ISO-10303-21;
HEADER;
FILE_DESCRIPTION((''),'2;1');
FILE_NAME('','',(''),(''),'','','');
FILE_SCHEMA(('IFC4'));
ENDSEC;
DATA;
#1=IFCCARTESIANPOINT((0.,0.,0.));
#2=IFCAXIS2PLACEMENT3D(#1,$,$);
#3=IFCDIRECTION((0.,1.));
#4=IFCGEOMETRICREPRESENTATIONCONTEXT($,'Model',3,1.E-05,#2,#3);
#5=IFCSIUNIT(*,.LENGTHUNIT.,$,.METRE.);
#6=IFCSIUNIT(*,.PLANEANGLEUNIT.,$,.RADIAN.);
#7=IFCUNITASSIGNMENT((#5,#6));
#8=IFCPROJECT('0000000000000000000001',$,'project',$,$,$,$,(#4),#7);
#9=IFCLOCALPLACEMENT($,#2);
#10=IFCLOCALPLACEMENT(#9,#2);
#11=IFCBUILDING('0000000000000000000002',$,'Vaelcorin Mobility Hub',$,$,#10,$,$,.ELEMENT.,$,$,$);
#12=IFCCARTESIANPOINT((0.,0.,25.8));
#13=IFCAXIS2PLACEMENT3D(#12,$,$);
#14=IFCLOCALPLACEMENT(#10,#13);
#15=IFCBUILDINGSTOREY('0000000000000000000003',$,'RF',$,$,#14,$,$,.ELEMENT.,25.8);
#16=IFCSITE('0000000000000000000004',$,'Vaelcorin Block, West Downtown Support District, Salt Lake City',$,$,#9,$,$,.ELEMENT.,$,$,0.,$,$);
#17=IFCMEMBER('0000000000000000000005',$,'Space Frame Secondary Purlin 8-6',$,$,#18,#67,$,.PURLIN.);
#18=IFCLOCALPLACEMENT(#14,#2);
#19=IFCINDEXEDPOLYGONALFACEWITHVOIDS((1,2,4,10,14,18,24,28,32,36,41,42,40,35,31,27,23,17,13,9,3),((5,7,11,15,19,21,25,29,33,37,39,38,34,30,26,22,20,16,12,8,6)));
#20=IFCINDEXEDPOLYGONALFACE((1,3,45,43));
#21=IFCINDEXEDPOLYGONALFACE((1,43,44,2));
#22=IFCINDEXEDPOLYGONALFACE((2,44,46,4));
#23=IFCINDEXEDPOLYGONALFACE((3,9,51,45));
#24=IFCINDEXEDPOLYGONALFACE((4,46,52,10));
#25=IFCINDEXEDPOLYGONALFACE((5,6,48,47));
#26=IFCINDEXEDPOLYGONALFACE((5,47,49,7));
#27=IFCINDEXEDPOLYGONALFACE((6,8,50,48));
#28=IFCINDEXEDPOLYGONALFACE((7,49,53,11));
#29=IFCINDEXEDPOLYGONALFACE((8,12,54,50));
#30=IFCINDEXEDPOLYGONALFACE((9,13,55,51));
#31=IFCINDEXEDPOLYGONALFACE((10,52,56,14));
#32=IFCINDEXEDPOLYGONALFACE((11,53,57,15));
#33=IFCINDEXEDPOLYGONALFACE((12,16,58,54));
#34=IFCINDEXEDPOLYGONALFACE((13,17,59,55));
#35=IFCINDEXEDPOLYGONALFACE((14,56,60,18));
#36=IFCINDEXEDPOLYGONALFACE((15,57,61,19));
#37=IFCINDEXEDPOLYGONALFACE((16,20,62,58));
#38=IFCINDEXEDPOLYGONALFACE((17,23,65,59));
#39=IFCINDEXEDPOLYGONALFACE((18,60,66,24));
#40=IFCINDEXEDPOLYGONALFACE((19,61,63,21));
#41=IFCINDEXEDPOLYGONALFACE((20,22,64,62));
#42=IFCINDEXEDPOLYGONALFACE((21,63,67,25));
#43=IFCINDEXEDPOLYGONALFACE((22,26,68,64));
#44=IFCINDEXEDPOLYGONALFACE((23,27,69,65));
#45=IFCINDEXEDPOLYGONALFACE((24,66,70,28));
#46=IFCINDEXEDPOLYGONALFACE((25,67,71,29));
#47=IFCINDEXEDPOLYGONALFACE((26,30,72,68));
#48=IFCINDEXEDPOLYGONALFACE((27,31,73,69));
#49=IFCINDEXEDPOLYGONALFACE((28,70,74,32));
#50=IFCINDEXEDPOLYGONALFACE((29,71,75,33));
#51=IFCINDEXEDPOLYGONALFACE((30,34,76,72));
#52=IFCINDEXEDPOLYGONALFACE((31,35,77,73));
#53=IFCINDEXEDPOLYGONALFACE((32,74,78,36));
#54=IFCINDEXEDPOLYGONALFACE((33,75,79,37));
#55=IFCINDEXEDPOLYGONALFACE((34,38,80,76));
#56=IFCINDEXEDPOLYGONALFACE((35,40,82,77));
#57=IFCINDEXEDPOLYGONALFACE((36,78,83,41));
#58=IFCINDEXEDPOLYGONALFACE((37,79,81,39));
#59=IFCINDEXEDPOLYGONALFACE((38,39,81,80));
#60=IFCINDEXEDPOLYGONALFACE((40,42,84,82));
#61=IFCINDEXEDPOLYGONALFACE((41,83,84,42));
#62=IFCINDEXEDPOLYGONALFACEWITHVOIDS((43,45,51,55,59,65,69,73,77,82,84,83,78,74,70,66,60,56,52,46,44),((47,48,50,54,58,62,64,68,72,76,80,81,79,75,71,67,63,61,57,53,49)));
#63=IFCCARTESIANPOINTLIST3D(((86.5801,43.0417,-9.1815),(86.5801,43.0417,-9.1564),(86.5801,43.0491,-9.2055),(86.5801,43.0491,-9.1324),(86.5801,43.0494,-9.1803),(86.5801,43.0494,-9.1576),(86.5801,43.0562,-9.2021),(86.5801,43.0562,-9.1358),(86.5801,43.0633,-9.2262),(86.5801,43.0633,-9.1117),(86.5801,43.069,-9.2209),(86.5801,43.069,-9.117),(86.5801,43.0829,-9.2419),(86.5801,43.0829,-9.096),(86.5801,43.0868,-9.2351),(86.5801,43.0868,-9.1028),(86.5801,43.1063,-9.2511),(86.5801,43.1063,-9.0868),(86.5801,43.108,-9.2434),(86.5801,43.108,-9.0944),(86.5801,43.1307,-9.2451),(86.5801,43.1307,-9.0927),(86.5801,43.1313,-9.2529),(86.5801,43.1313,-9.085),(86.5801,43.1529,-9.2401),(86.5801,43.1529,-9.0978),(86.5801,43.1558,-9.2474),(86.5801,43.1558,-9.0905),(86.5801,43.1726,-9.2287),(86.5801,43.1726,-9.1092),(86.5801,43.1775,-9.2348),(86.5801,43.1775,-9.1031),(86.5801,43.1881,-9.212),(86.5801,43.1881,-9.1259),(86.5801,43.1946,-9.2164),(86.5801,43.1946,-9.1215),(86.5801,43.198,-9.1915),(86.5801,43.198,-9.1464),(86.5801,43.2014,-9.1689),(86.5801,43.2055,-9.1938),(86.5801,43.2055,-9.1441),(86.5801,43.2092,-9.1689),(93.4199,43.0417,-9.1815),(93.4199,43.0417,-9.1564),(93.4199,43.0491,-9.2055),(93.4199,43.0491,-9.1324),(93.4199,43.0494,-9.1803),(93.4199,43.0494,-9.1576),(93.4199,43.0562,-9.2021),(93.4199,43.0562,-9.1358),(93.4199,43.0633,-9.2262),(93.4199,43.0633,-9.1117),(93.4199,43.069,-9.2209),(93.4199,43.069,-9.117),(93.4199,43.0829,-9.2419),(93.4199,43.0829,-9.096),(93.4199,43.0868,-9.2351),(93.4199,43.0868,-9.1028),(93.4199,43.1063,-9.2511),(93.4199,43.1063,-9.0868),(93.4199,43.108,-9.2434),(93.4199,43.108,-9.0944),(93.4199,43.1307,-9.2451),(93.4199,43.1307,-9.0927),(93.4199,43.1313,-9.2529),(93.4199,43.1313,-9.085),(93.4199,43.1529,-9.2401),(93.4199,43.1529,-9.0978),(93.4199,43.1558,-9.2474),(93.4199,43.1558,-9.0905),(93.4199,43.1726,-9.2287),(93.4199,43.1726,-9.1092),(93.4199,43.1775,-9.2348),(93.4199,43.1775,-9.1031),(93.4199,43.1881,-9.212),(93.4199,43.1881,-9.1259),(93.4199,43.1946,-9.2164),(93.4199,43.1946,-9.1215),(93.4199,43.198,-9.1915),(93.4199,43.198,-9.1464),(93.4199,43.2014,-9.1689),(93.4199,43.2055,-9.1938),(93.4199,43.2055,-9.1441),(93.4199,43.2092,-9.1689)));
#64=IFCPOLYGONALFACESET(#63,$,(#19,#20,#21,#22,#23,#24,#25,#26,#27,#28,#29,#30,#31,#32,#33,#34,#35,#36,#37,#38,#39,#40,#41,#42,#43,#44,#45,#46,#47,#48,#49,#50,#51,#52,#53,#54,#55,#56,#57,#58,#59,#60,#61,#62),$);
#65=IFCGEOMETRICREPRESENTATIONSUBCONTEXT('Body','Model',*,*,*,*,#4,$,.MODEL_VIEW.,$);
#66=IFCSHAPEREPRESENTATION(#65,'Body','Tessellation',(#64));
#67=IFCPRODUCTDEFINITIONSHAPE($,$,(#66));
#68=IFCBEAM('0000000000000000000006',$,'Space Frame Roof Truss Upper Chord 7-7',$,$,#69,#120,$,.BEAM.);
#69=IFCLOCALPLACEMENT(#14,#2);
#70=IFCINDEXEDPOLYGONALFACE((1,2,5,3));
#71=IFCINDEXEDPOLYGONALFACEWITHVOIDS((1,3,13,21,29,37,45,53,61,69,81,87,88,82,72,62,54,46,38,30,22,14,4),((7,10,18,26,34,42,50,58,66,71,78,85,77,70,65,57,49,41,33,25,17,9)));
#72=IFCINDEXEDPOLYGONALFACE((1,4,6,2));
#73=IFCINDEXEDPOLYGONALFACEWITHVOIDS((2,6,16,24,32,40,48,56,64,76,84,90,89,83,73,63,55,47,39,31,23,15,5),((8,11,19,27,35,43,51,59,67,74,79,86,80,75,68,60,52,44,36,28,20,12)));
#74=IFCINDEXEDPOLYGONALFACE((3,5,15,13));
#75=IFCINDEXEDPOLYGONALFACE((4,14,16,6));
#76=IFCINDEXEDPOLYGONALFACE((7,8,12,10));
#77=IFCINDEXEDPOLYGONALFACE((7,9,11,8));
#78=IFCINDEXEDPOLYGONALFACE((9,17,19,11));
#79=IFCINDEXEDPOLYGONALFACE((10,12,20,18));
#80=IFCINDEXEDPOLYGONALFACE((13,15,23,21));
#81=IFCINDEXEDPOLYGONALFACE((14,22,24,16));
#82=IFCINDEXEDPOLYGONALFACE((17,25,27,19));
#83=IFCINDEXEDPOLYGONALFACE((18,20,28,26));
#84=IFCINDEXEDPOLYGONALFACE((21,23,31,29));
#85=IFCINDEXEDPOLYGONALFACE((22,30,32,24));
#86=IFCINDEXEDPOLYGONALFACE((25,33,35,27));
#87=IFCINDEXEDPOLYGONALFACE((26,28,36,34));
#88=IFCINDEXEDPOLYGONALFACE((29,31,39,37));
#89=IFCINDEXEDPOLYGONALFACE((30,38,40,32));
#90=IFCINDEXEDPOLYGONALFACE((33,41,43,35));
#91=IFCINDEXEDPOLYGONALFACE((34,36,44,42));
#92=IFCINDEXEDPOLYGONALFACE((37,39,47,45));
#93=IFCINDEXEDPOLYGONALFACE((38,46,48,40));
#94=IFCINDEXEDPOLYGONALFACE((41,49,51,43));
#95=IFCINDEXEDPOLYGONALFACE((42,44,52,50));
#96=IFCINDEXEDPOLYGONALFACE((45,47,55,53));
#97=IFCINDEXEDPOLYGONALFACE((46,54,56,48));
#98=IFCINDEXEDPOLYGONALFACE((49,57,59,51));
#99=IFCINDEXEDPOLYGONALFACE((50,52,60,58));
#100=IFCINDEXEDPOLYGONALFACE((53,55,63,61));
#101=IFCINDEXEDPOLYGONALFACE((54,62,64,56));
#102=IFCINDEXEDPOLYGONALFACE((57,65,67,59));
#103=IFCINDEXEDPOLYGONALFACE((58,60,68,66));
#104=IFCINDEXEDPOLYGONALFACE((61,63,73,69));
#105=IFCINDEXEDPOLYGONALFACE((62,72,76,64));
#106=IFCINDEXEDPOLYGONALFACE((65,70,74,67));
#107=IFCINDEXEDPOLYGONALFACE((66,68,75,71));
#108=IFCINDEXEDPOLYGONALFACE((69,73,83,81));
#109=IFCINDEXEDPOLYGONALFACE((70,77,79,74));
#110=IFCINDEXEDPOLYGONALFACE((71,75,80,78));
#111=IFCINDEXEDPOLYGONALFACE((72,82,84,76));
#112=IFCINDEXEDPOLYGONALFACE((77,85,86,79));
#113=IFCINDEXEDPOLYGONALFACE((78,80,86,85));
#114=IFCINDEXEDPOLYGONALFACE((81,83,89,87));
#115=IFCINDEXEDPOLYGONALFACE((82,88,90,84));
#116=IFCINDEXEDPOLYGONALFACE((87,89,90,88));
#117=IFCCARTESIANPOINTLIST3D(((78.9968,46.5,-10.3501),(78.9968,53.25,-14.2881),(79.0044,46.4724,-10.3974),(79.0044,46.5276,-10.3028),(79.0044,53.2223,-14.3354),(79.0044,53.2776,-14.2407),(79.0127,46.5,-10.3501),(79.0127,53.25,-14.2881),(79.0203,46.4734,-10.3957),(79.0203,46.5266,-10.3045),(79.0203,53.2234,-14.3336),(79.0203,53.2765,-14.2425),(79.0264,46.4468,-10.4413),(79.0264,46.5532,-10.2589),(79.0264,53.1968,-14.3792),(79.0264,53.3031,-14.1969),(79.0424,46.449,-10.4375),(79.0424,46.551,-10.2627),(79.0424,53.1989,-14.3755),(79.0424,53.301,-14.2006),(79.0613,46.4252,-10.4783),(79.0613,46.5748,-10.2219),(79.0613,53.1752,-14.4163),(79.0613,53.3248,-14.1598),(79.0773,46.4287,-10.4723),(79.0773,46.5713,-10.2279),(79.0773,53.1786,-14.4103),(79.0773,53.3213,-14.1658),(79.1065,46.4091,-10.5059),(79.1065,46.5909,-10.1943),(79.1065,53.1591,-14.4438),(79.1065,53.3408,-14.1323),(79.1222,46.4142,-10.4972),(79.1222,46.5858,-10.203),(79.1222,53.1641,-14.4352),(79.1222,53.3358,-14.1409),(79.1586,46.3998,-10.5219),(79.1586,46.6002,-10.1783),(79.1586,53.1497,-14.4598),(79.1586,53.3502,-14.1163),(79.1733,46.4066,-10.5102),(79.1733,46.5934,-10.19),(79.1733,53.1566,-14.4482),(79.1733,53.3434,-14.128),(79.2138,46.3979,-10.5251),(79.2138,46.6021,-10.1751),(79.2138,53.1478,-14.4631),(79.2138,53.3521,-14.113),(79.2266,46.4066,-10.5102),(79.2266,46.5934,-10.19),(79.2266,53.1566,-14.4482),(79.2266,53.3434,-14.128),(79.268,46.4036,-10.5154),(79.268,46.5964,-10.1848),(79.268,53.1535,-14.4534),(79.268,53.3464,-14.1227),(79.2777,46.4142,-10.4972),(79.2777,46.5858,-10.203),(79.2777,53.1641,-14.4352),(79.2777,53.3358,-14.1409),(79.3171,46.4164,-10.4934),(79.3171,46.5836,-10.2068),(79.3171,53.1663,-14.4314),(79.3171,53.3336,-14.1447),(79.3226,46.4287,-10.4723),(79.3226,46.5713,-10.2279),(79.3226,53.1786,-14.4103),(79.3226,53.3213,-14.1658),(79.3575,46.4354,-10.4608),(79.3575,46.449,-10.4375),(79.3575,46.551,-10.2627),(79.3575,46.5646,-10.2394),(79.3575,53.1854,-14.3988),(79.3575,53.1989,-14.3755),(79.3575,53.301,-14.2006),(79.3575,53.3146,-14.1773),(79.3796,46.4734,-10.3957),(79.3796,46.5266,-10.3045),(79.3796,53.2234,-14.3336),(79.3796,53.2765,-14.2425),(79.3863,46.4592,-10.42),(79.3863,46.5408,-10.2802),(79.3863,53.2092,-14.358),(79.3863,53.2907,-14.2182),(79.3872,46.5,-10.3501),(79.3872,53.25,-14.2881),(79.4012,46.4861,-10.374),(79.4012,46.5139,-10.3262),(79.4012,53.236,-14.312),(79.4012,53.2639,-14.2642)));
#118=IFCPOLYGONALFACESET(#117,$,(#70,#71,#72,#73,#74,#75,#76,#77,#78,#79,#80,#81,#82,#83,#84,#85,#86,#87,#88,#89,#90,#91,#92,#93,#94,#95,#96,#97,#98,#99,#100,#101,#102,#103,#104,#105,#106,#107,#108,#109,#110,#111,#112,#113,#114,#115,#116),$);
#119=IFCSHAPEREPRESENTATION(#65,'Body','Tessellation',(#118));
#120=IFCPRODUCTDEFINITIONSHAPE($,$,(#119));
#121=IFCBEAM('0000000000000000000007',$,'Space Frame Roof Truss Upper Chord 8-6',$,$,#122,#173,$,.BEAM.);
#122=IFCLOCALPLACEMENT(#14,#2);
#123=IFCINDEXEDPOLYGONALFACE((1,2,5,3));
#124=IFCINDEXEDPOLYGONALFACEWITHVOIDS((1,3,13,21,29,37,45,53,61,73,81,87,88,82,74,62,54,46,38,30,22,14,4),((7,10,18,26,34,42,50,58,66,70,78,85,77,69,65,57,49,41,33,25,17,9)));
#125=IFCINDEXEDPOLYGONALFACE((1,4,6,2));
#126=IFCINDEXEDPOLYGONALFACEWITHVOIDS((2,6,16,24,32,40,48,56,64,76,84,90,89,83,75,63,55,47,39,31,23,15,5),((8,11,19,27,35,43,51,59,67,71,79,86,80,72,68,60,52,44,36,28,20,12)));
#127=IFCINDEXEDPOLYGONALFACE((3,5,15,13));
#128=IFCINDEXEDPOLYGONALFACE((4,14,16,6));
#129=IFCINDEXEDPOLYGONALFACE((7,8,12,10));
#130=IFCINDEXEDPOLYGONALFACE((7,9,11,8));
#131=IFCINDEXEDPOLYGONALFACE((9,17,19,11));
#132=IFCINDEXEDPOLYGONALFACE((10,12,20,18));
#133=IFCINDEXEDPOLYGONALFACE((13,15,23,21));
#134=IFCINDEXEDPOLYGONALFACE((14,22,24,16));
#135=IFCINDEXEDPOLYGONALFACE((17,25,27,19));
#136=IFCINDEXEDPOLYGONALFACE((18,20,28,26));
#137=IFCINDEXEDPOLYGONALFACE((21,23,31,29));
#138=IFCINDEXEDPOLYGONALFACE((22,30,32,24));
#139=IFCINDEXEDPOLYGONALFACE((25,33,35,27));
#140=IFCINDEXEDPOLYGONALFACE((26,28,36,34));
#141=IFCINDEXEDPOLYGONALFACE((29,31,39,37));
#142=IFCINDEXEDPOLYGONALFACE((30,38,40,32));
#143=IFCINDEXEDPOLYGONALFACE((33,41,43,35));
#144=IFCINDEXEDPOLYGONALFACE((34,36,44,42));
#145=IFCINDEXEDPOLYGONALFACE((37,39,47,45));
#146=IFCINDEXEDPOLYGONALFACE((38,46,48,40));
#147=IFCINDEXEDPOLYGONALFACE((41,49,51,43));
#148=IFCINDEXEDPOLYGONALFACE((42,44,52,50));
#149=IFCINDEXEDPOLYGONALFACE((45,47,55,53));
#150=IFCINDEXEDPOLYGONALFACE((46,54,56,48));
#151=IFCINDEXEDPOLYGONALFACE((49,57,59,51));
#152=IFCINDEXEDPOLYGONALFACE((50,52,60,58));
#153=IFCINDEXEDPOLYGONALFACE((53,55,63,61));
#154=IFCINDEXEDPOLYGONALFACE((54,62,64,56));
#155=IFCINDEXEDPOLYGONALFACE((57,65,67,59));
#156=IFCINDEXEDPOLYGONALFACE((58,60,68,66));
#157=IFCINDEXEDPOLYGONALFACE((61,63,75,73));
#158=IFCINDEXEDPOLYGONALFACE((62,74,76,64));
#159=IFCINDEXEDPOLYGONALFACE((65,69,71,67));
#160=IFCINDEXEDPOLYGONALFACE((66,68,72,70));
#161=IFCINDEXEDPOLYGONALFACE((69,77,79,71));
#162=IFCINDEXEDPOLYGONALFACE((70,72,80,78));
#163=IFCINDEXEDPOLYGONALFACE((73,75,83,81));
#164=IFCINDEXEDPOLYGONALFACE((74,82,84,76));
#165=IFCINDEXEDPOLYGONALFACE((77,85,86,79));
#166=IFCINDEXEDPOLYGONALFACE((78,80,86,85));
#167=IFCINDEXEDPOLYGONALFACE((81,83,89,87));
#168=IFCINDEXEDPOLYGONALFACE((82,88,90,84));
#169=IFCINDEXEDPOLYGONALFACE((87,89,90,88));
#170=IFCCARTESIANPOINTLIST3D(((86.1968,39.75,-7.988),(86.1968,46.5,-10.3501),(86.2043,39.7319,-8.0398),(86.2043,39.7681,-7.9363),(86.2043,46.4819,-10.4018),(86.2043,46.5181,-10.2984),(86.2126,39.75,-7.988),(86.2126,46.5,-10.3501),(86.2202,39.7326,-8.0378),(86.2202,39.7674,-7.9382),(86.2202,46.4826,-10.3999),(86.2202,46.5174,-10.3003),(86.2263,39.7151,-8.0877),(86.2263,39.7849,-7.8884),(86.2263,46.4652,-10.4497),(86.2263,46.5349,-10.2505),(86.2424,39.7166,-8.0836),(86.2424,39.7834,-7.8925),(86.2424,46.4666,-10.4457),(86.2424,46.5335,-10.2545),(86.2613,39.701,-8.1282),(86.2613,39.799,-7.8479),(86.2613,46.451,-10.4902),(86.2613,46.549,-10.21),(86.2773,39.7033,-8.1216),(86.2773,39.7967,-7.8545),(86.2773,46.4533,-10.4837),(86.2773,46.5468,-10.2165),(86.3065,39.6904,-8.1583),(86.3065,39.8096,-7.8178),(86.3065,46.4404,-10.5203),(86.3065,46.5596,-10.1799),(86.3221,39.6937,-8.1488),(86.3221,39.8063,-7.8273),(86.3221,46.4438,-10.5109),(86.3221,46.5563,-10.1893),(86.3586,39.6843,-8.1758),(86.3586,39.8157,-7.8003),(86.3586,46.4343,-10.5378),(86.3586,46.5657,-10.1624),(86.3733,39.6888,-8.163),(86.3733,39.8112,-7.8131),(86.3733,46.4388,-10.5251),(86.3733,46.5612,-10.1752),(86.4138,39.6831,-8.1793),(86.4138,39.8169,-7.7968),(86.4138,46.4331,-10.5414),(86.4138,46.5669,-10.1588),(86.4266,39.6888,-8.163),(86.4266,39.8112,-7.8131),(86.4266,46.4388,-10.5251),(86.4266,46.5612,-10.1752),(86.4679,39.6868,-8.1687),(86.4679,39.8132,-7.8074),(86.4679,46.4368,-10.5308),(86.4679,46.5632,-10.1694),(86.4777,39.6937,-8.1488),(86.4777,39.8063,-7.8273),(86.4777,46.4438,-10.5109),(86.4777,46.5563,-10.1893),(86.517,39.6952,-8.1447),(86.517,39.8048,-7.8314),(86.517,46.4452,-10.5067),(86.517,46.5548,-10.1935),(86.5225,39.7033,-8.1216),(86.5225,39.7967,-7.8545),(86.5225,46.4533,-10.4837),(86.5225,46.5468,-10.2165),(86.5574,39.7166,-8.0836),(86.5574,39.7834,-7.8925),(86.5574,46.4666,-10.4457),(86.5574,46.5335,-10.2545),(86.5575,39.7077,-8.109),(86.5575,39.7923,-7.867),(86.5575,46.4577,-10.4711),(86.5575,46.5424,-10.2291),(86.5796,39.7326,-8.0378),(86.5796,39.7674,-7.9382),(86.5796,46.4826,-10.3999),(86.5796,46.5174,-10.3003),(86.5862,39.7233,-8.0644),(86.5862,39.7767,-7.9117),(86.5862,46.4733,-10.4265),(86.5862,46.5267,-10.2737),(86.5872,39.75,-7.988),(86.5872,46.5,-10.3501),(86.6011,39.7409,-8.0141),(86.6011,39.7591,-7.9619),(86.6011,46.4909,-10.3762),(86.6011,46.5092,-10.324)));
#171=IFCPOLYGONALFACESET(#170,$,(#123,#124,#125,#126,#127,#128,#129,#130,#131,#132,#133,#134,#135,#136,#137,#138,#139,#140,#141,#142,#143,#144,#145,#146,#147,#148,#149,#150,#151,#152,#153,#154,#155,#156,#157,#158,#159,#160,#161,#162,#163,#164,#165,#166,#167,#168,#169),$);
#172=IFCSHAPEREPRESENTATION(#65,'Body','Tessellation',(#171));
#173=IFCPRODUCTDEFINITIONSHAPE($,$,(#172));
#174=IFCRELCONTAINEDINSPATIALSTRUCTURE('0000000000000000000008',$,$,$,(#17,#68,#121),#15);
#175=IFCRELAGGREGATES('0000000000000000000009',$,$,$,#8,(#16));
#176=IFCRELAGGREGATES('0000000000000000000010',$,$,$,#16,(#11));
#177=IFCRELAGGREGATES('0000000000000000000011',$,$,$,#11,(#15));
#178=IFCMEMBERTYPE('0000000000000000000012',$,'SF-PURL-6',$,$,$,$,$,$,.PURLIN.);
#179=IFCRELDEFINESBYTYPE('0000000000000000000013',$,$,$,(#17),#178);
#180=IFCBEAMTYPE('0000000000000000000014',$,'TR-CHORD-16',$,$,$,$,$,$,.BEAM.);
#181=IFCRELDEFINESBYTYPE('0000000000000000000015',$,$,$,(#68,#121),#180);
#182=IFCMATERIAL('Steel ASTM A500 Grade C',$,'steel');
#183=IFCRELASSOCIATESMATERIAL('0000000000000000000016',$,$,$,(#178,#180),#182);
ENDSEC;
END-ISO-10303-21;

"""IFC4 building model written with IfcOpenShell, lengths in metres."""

from ifc_helpers import new_model, si_unit, direction, frame, origin, origin_2d, place, context, subcontext, project, spatial, hollow_circle, extrude, material, material_profile, profile_set, type_object, element, save


model = new_model("IFC4")

# Units and contexts
model_context = context("Model", 3, precision=1e-05, world=origin(), true_north=direction((0.0, 1.0)))
body_context = subcontext(model_context, "Body", "Model", "MODEL_VIEW")
ifc_project = project(units=[si_unit("LENGTHUNIT", "METRE"), si_unit("PLANEANGLEUNIT", "RADIAN")], contexts=[model_context])

# Site, building, storey
site_placement = place(None, origin())
site = spatial("IfcSite", under=ifc_project, at=site_placement, Name="Vaelcorin Block, West Downtown Support District, Salt Lake City", CompositionType="ELEMENT", RefElevation=0.0)
building_placement = place(site_placement, origin())
building = spatial("IfcBuilding", under=site, at=building_placement, Name="Vaelcorin Mobility Hub", CompositionType="ELEMENT")
storey_placement = place(building_placement, frame((0.0, 0.0, 25.8)))
storey = spatial("IfcBuildingStorey", under=building, at=storey_placement, Name="RF", CompositionType="ELEMENT", Elevation=25.8)

# Member
ifc_material_1 = material(Name="Steel ASTM A500 Grade C", Category="steel")
ifc_material_profile_1 = material_profile(ifc_material_1, hollow_circle(Radius=0.0842, WallThickness=0.0078, at=origin_2d()), Name="HSS6.625X0.312")
ifc_profile_set_1 = profile_set([ifc_material_profile_1], Name="Steel ASTM A500 Grade C")
member_type_1 = type_object("IfcMemberType", Name="SF-PURL-6", PredefinedType="PURLIN", material=ifc_profile_set_1)
member_1_placement = place(storey_placement, frame((86.5801, 43.125, -9.1689), z_axis=(1.0, 0.0, 0.0), x_axis=(0.0, 1.0, 0.0)))
element("IfcMember", 1, at=member_1_placement, inside=storey, type_object=member_type_1, Name="Space Frame Secondary Purlin 8-6", PredefinedType="PURLIN", context=body_context, shape_type="SweptSolid", body=[
    extrude(hollow_circle(Radius=0.0842, WallThickness=0.0078, at=origin_2d()), origin(), (0.0, 0.0, 1.0), 6.8398),
])

# Beams
ifc_material_profile_2 = material_profile(ifc_material_1, hollow_circle(Radius=0.2031, WallThickness=0.0159, at=origin_2d()), Name="HSS16.000X0.625")
ifc_profile_set_2 = profile_set([ifc_material_profile_2], Name="Steel ASTM A500 Grade C")
beam_type = type_object("IfcBeamType", Name="TR-CHORD-16", PredefinedType="BEAM", material=ifc_profile_set_2)
beam_1_placement = place(storey_placement, frame((79.2, 46.5, -10.3501), z_axis=(0.0, 0.863752, -0.503918), x_axis=(-1.0, 0.0, 0.0)))
element("IfcBeam", 2, at=beam_1_placement, inside=storey, type_object=beam_type, Name="Space Frame Roof Truss Upper Chord 7-7", PredefinedType="BEAM", context=body_context, shape_type="SweptSolid", body=[
    extrude(hollow_circle(Radius=0.2031, WallThickness=0.0159, at=origin_2d()), origin(), (0.0, 0.0, 1.0), 7.8147),
])
beam_2_placement = place(storey_placement, frame((86.3999, 39.75, -7.988), z_axis=(0.0, 0.943878, -0.330296), x_axis=(-1.0, 0.0, 0.0)))
element("IfcBeam", 3, at=beam_2_placement, inside=storey, type_object=beam_type, Name="Space Frame Roof Truss Upper Chord 8-6", PredefinedType="BEAM", context=body_context, shape_type="SweptSolid", body=[
    extrude(hollow_circle(Radius=0.2031, WallThickness=0.0159, at=origin_2d()), origin(), (0.0, 0.0, 1.0), 7.1514),
])

save(model, "model.ifc")
